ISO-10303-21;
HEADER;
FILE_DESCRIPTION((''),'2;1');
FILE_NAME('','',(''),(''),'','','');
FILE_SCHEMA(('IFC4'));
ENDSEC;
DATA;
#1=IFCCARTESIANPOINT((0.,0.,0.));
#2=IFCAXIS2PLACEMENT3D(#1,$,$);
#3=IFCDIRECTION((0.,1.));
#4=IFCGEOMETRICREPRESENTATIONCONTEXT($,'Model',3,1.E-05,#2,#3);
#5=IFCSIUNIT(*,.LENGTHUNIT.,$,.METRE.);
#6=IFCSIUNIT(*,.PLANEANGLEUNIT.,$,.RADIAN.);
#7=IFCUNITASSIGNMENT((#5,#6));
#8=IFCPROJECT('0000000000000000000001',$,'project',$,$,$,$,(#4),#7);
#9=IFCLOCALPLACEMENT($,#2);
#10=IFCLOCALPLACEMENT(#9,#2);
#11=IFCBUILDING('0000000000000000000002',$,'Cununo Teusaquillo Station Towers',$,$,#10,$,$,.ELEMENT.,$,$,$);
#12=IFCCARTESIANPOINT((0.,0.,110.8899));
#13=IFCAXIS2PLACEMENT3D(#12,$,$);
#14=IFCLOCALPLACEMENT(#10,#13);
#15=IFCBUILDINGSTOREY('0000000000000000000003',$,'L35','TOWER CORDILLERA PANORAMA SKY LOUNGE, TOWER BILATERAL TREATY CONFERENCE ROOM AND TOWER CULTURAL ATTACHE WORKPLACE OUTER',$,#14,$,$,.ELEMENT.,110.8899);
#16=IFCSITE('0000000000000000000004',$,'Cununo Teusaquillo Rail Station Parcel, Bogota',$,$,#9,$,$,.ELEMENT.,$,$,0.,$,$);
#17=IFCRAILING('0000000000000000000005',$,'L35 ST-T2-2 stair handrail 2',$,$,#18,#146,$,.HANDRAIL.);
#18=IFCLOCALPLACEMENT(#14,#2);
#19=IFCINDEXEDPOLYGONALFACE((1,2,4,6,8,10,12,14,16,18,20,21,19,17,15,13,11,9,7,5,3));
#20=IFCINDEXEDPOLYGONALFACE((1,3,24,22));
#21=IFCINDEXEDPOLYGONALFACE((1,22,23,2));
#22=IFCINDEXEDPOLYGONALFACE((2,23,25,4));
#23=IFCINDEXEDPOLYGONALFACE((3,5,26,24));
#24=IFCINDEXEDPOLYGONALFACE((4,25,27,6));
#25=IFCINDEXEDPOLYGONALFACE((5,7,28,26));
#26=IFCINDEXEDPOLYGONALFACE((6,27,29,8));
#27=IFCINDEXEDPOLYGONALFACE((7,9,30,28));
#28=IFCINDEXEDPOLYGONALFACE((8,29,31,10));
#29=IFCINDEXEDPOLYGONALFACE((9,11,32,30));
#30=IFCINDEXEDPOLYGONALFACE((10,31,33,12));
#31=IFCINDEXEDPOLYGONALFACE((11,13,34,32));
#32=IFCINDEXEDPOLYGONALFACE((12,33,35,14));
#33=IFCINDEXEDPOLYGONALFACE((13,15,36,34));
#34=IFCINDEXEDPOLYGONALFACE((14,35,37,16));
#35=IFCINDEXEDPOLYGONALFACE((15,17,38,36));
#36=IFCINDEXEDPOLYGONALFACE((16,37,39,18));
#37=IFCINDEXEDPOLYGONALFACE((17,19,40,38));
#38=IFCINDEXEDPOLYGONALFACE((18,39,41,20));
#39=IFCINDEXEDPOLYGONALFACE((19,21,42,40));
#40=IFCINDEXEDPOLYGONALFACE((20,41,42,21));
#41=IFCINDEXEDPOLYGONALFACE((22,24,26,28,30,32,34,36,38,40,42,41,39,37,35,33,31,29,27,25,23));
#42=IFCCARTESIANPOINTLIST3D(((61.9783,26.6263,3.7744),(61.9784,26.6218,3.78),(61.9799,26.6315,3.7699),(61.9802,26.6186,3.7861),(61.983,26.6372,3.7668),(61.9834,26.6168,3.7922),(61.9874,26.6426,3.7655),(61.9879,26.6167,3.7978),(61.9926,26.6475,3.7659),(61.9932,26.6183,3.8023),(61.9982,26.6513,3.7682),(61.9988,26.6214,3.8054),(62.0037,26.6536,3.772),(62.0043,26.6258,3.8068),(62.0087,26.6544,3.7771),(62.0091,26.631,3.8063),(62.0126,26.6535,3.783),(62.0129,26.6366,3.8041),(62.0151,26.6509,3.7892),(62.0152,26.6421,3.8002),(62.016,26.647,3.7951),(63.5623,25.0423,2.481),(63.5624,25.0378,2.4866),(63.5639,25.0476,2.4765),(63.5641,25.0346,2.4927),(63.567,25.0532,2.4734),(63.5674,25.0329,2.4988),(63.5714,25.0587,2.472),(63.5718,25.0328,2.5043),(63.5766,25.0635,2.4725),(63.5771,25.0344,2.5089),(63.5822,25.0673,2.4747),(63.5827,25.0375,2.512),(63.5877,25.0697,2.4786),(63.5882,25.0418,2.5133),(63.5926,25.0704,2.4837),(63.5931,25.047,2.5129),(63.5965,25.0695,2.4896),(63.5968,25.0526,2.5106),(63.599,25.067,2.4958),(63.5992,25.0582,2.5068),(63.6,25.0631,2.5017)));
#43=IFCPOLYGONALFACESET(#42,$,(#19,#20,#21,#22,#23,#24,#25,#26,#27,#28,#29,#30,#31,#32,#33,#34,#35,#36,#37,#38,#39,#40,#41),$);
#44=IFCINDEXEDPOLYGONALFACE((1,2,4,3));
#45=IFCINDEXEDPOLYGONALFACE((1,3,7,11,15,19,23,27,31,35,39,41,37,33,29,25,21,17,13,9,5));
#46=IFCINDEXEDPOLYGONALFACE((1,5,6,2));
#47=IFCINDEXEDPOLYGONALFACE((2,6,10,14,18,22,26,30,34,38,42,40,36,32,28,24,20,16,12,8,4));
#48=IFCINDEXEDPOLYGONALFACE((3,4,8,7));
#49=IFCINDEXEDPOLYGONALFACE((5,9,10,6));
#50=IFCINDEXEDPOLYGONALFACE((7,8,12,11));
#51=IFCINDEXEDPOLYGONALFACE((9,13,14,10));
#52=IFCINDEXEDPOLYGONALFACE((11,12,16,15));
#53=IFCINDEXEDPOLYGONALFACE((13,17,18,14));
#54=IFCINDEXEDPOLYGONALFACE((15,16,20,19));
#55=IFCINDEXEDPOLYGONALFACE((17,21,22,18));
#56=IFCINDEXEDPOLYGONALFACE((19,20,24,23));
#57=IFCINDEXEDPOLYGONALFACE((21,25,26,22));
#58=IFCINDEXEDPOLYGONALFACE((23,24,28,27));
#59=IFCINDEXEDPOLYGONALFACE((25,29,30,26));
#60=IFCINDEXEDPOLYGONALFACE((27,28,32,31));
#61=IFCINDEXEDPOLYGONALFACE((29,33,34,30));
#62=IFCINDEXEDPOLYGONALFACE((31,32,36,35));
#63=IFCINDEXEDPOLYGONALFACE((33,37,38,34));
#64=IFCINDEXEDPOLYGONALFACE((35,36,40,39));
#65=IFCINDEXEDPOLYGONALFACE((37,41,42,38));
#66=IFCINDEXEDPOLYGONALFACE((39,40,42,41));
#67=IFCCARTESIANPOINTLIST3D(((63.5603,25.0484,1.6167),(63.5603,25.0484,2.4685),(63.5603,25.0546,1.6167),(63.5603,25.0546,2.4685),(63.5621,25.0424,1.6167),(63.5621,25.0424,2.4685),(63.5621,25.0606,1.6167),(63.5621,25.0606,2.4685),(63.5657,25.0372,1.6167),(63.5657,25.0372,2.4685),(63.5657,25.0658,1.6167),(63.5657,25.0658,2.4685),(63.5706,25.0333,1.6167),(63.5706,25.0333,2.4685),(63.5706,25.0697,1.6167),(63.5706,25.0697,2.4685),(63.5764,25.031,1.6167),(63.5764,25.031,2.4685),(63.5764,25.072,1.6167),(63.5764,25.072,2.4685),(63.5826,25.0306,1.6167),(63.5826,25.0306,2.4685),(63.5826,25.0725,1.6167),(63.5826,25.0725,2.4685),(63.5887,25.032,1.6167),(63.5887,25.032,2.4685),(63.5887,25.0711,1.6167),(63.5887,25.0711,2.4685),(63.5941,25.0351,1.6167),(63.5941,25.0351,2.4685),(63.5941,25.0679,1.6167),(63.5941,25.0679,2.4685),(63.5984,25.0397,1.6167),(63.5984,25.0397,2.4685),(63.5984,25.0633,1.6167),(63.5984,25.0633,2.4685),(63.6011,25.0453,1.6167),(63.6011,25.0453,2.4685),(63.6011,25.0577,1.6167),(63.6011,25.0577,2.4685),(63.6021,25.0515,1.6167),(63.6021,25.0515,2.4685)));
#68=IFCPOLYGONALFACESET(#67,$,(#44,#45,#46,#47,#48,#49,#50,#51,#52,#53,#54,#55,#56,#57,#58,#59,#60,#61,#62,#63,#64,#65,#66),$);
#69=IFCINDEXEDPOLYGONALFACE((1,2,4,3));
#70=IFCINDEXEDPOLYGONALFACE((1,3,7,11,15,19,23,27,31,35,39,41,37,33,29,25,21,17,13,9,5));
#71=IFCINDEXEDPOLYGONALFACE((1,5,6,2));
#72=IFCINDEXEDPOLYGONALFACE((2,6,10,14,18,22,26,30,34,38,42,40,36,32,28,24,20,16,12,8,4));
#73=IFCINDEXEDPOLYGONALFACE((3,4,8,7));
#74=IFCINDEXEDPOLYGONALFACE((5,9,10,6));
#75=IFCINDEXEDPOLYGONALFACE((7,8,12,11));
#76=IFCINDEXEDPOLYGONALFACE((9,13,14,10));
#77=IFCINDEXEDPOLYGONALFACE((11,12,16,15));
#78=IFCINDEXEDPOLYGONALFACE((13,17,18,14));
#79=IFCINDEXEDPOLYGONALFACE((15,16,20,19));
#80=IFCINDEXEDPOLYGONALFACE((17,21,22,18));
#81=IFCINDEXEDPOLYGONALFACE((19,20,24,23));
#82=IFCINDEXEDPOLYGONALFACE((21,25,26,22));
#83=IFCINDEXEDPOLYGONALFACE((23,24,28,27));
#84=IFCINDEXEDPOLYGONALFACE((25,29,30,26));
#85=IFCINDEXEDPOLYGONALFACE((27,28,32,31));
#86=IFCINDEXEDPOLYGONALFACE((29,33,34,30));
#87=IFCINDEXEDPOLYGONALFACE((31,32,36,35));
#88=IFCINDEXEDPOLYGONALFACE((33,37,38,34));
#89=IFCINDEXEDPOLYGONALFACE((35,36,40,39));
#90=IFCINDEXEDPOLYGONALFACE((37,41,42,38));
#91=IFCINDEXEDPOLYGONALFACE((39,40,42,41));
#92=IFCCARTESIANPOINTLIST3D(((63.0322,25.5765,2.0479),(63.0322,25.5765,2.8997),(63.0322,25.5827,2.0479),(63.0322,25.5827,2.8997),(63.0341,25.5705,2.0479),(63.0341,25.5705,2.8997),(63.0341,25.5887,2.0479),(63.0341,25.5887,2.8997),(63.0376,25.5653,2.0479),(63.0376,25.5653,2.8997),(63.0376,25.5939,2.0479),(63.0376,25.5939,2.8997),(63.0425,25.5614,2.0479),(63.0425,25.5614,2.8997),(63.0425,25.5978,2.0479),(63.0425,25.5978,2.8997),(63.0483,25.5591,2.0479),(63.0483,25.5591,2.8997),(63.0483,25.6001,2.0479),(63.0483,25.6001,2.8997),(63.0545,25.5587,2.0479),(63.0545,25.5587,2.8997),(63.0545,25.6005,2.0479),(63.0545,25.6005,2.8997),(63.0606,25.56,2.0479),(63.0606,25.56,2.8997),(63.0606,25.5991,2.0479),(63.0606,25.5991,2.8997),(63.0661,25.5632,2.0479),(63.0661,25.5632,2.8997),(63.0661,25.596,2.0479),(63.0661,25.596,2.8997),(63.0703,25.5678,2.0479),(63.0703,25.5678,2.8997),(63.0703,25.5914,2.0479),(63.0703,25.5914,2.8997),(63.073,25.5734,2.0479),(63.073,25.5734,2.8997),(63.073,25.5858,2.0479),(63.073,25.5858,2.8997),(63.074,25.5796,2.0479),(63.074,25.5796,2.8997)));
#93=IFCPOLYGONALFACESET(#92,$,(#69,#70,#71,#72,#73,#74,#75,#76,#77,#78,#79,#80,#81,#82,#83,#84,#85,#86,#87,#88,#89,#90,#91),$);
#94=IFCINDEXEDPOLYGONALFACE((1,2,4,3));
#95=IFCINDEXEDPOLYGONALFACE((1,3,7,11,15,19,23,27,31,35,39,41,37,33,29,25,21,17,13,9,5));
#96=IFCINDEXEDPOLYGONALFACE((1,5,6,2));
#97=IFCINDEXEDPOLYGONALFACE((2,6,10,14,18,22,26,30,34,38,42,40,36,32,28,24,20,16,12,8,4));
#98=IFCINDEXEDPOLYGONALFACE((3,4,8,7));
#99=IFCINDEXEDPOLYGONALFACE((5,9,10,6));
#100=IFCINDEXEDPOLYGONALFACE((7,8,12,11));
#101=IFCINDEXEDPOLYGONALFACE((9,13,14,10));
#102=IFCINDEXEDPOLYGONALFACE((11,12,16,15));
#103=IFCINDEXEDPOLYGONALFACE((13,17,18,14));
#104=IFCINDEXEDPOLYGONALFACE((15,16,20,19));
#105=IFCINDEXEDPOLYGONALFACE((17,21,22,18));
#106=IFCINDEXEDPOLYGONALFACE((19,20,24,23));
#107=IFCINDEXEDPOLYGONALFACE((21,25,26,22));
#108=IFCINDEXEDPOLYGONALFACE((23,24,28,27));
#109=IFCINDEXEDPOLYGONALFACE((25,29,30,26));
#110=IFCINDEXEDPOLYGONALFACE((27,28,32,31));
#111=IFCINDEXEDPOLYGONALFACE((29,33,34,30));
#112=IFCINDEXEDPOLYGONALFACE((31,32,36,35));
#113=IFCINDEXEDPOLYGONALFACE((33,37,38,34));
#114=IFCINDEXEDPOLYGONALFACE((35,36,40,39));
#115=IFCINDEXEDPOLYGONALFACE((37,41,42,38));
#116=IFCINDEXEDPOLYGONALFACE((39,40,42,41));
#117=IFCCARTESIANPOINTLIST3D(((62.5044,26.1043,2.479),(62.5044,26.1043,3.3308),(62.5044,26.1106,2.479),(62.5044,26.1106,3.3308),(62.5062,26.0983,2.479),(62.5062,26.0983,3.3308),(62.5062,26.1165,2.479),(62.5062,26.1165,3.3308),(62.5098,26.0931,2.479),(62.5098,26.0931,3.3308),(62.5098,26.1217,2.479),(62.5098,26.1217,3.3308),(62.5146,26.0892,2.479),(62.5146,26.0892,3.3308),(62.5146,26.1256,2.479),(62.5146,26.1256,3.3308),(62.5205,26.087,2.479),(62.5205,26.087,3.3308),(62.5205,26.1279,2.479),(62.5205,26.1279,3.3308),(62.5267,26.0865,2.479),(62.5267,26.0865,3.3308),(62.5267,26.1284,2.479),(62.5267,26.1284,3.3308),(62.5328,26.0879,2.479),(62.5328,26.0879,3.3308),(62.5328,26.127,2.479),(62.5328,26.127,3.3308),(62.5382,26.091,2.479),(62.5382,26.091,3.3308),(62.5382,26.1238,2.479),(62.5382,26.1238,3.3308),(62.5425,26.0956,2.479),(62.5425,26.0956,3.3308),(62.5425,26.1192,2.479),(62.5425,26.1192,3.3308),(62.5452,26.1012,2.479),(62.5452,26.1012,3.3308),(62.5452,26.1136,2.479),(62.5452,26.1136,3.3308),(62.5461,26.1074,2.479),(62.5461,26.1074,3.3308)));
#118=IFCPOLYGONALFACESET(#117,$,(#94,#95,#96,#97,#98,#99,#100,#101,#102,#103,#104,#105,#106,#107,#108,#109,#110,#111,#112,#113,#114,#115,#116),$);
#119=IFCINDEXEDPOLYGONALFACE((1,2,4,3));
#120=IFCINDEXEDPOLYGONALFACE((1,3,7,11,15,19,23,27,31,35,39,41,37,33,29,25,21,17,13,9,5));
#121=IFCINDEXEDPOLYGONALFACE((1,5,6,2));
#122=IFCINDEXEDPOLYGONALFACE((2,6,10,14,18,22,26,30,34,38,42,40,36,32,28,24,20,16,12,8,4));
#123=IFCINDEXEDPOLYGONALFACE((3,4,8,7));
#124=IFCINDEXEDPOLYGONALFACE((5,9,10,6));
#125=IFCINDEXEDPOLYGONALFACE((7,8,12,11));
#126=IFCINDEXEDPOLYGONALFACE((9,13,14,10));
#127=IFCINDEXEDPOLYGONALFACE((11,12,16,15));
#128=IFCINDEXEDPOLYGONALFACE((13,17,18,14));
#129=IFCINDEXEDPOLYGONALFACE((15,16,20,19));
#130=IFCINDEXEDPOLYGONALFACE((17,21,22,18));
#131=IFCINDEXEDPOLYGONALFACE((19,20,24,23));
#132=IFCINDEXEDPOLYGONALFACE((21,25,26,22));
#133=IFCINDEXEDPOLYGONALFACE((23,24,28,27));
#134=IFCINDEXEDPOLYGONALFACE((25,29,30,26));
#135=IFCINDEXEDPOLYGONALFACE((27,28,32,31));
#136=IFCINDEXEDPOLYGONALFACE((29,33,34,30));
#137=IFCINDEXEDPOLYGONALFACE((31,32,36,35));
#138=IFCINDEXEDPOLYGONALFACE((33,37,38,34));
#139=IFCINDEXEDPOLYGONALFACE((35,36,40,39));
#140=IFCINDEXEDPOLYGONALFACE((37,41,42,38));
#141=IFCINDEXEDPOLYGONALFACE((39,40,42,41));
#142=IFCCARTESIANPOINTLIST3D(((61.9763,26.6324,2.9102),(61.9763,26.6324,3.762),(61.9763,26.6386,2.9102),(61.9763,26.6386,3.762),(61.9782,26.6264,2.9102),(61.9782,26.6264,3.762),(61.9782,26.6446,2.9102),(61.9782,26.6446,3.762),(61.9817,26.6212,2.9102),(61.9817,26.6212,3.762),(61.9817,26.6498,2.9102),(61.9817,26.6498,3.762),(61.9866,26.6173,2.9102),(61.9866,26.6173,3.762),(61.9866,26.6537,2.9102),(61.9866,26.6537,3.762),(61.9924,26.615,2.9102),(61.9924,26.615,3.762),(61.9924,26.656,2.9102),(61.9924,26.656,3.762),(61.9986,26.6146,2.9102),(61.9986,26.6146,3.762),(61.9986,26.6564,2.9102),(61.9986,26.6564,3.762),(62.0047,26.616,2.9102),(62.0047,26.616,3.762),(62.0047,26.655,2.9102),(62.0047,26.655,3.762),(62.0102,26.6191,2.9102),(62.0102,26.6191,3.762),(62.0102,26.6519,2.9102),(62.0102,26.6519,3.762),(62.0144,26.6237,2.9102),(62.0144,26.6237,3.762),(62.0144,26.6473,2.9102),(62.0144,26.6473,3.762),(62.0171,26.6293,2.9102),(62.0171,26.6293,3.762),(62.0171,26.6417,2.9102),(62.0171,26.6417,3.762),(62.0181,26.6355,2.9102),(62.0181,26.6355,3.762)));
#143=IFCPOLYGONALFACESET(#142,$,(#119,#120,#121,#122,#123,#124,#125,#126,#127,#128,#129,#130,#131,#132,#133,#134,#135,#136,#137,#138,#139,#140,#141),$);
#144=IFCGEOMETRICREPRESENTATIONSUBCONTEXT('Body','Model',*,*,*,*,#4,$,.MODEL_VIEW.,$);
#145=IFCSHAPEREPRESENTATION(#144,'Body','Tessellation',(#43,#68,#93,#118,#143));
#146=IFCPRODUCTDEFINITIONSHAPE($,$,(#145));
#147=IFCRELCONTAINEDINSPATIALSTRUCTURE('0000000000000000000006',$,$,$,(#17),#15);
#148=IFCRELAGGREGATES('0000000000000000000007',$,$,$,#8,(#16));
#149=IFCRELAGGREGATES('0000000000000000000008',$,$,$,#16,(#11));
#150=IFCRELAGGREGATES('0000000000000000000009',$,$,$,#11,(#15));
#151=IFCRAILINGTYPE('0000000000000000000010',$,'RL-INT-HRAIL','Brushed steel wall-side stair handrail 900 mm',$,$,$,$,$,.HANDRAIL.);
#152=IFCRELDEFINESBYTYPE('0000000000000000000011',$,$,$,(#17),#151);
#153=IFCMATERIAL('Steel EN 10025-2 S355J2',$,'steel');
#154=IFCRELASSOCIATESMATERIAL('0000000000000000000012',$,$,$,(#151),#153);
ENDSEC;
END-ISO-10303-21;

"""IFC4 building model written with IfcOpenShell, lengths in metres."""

from ifc_helpers import new_model, si_unit, direction, frame, origin, origin_2d, place, context, subcontext, project, spatial, circle, extrude, material, type_object, element, save


model = new_model("IFC4")

# Units and contexts
model_context = context("Model", 3, precision=1e-05, world=origin(), true_north=direction((0.0, 1.0)))
body_context = subcontext(model_context, "Body", "Model", "MODEL_VIEW")
ifc_project = project(units=[si_unit("LENGTHUNIT", "METRE"), si_unit("PLANEANGLEUNIT", "RADIAN")], contexts=[model_context])

# Site, building, storey
site_placement = place(None, origin())
site = spatial("IfcSite", under=ifc_project, at=site_placement, Name="Cununo Teusaquillo Rail Station Parcel, Bogota", CompositionType="ELEMENT", RefElevation=0.0)
building_placement = place(site_placement, origin())
building = spatial("IfcBuilding", under=site, at=building_placement, Name="Cununo Teusaquillo Station Towers", CompositionType="ELEMENT")
storey_placement = place(building_placement, frame((0.0, 0.0, 110.8899)))
storey = spatial("IfcBuildingStorey", under=building, at=storey_placement, Name="L35", Description="TOWER CORDILLERA PANORAMA SKY LOUNGE, TOWER BILATERAL TREATY CONFERENCE ROOM AND TOWER CULTURAL ATTACHE WORKPLACE OUTER", CompositionType="ELEMENT", Elevation=110.8899)

# Railing
ifc_material_1 = material(Name="Steel EN 10025-2 S355J2", Category="steel")
railing_type_1 = type_object("IfcRailingType", Name="RL-INT-HRAIL", Description="Brushed steel wall-side stair handrail 900 mm", PredefinedType="HANDRAIL", material=ifc_material_1)
railing_1_placement = place(storey_placement, frame((63.5811, 25.0515, 1.6167)))
element("IfcRailing", 1, at=railing_1_placement, inside=storey, type_object=railing_type_1, Name="L35 ST-T2-2 stair handrail 2", PredefinedType="HANDRAIL", context=body_context, shape_type="SweptSolid", body=[
    extrude(circle(Radius=0.0239, at=origin_2d()), frame((0.0, 0.0, 0.876), z_axis=(-0.612356, 0.612356, 0.50004), x_axis=(-0.707107, -0.707107, 0.0)), (0.0, 0.0, 1.0), 2.5867),
    extrude(circle(Radius=0.021, at=origin_2d()), origin(), (0.0, 0.0, 1.0), 0.8518),
    extrude(circle(Radius=0.021, at=origin_2d()), frame((-0.5281, 0.5281, 0.4312)), (0.0, 0.0, 1.0), 0.8518),
    extrude(circle(Radius=0.021, at=origin_2d()), frame((-1.0559, 1.0559, 0.8623)), (0.0, 0.0, 1.0), 0.8518),
    extrude(circle(Radius=0.021, at=origin_2d()), frame((-1.584, 1.584, 1.2935)), (0.0, 0.0, 1.0), 0.8518),
])

save(model, "model.ifc")
